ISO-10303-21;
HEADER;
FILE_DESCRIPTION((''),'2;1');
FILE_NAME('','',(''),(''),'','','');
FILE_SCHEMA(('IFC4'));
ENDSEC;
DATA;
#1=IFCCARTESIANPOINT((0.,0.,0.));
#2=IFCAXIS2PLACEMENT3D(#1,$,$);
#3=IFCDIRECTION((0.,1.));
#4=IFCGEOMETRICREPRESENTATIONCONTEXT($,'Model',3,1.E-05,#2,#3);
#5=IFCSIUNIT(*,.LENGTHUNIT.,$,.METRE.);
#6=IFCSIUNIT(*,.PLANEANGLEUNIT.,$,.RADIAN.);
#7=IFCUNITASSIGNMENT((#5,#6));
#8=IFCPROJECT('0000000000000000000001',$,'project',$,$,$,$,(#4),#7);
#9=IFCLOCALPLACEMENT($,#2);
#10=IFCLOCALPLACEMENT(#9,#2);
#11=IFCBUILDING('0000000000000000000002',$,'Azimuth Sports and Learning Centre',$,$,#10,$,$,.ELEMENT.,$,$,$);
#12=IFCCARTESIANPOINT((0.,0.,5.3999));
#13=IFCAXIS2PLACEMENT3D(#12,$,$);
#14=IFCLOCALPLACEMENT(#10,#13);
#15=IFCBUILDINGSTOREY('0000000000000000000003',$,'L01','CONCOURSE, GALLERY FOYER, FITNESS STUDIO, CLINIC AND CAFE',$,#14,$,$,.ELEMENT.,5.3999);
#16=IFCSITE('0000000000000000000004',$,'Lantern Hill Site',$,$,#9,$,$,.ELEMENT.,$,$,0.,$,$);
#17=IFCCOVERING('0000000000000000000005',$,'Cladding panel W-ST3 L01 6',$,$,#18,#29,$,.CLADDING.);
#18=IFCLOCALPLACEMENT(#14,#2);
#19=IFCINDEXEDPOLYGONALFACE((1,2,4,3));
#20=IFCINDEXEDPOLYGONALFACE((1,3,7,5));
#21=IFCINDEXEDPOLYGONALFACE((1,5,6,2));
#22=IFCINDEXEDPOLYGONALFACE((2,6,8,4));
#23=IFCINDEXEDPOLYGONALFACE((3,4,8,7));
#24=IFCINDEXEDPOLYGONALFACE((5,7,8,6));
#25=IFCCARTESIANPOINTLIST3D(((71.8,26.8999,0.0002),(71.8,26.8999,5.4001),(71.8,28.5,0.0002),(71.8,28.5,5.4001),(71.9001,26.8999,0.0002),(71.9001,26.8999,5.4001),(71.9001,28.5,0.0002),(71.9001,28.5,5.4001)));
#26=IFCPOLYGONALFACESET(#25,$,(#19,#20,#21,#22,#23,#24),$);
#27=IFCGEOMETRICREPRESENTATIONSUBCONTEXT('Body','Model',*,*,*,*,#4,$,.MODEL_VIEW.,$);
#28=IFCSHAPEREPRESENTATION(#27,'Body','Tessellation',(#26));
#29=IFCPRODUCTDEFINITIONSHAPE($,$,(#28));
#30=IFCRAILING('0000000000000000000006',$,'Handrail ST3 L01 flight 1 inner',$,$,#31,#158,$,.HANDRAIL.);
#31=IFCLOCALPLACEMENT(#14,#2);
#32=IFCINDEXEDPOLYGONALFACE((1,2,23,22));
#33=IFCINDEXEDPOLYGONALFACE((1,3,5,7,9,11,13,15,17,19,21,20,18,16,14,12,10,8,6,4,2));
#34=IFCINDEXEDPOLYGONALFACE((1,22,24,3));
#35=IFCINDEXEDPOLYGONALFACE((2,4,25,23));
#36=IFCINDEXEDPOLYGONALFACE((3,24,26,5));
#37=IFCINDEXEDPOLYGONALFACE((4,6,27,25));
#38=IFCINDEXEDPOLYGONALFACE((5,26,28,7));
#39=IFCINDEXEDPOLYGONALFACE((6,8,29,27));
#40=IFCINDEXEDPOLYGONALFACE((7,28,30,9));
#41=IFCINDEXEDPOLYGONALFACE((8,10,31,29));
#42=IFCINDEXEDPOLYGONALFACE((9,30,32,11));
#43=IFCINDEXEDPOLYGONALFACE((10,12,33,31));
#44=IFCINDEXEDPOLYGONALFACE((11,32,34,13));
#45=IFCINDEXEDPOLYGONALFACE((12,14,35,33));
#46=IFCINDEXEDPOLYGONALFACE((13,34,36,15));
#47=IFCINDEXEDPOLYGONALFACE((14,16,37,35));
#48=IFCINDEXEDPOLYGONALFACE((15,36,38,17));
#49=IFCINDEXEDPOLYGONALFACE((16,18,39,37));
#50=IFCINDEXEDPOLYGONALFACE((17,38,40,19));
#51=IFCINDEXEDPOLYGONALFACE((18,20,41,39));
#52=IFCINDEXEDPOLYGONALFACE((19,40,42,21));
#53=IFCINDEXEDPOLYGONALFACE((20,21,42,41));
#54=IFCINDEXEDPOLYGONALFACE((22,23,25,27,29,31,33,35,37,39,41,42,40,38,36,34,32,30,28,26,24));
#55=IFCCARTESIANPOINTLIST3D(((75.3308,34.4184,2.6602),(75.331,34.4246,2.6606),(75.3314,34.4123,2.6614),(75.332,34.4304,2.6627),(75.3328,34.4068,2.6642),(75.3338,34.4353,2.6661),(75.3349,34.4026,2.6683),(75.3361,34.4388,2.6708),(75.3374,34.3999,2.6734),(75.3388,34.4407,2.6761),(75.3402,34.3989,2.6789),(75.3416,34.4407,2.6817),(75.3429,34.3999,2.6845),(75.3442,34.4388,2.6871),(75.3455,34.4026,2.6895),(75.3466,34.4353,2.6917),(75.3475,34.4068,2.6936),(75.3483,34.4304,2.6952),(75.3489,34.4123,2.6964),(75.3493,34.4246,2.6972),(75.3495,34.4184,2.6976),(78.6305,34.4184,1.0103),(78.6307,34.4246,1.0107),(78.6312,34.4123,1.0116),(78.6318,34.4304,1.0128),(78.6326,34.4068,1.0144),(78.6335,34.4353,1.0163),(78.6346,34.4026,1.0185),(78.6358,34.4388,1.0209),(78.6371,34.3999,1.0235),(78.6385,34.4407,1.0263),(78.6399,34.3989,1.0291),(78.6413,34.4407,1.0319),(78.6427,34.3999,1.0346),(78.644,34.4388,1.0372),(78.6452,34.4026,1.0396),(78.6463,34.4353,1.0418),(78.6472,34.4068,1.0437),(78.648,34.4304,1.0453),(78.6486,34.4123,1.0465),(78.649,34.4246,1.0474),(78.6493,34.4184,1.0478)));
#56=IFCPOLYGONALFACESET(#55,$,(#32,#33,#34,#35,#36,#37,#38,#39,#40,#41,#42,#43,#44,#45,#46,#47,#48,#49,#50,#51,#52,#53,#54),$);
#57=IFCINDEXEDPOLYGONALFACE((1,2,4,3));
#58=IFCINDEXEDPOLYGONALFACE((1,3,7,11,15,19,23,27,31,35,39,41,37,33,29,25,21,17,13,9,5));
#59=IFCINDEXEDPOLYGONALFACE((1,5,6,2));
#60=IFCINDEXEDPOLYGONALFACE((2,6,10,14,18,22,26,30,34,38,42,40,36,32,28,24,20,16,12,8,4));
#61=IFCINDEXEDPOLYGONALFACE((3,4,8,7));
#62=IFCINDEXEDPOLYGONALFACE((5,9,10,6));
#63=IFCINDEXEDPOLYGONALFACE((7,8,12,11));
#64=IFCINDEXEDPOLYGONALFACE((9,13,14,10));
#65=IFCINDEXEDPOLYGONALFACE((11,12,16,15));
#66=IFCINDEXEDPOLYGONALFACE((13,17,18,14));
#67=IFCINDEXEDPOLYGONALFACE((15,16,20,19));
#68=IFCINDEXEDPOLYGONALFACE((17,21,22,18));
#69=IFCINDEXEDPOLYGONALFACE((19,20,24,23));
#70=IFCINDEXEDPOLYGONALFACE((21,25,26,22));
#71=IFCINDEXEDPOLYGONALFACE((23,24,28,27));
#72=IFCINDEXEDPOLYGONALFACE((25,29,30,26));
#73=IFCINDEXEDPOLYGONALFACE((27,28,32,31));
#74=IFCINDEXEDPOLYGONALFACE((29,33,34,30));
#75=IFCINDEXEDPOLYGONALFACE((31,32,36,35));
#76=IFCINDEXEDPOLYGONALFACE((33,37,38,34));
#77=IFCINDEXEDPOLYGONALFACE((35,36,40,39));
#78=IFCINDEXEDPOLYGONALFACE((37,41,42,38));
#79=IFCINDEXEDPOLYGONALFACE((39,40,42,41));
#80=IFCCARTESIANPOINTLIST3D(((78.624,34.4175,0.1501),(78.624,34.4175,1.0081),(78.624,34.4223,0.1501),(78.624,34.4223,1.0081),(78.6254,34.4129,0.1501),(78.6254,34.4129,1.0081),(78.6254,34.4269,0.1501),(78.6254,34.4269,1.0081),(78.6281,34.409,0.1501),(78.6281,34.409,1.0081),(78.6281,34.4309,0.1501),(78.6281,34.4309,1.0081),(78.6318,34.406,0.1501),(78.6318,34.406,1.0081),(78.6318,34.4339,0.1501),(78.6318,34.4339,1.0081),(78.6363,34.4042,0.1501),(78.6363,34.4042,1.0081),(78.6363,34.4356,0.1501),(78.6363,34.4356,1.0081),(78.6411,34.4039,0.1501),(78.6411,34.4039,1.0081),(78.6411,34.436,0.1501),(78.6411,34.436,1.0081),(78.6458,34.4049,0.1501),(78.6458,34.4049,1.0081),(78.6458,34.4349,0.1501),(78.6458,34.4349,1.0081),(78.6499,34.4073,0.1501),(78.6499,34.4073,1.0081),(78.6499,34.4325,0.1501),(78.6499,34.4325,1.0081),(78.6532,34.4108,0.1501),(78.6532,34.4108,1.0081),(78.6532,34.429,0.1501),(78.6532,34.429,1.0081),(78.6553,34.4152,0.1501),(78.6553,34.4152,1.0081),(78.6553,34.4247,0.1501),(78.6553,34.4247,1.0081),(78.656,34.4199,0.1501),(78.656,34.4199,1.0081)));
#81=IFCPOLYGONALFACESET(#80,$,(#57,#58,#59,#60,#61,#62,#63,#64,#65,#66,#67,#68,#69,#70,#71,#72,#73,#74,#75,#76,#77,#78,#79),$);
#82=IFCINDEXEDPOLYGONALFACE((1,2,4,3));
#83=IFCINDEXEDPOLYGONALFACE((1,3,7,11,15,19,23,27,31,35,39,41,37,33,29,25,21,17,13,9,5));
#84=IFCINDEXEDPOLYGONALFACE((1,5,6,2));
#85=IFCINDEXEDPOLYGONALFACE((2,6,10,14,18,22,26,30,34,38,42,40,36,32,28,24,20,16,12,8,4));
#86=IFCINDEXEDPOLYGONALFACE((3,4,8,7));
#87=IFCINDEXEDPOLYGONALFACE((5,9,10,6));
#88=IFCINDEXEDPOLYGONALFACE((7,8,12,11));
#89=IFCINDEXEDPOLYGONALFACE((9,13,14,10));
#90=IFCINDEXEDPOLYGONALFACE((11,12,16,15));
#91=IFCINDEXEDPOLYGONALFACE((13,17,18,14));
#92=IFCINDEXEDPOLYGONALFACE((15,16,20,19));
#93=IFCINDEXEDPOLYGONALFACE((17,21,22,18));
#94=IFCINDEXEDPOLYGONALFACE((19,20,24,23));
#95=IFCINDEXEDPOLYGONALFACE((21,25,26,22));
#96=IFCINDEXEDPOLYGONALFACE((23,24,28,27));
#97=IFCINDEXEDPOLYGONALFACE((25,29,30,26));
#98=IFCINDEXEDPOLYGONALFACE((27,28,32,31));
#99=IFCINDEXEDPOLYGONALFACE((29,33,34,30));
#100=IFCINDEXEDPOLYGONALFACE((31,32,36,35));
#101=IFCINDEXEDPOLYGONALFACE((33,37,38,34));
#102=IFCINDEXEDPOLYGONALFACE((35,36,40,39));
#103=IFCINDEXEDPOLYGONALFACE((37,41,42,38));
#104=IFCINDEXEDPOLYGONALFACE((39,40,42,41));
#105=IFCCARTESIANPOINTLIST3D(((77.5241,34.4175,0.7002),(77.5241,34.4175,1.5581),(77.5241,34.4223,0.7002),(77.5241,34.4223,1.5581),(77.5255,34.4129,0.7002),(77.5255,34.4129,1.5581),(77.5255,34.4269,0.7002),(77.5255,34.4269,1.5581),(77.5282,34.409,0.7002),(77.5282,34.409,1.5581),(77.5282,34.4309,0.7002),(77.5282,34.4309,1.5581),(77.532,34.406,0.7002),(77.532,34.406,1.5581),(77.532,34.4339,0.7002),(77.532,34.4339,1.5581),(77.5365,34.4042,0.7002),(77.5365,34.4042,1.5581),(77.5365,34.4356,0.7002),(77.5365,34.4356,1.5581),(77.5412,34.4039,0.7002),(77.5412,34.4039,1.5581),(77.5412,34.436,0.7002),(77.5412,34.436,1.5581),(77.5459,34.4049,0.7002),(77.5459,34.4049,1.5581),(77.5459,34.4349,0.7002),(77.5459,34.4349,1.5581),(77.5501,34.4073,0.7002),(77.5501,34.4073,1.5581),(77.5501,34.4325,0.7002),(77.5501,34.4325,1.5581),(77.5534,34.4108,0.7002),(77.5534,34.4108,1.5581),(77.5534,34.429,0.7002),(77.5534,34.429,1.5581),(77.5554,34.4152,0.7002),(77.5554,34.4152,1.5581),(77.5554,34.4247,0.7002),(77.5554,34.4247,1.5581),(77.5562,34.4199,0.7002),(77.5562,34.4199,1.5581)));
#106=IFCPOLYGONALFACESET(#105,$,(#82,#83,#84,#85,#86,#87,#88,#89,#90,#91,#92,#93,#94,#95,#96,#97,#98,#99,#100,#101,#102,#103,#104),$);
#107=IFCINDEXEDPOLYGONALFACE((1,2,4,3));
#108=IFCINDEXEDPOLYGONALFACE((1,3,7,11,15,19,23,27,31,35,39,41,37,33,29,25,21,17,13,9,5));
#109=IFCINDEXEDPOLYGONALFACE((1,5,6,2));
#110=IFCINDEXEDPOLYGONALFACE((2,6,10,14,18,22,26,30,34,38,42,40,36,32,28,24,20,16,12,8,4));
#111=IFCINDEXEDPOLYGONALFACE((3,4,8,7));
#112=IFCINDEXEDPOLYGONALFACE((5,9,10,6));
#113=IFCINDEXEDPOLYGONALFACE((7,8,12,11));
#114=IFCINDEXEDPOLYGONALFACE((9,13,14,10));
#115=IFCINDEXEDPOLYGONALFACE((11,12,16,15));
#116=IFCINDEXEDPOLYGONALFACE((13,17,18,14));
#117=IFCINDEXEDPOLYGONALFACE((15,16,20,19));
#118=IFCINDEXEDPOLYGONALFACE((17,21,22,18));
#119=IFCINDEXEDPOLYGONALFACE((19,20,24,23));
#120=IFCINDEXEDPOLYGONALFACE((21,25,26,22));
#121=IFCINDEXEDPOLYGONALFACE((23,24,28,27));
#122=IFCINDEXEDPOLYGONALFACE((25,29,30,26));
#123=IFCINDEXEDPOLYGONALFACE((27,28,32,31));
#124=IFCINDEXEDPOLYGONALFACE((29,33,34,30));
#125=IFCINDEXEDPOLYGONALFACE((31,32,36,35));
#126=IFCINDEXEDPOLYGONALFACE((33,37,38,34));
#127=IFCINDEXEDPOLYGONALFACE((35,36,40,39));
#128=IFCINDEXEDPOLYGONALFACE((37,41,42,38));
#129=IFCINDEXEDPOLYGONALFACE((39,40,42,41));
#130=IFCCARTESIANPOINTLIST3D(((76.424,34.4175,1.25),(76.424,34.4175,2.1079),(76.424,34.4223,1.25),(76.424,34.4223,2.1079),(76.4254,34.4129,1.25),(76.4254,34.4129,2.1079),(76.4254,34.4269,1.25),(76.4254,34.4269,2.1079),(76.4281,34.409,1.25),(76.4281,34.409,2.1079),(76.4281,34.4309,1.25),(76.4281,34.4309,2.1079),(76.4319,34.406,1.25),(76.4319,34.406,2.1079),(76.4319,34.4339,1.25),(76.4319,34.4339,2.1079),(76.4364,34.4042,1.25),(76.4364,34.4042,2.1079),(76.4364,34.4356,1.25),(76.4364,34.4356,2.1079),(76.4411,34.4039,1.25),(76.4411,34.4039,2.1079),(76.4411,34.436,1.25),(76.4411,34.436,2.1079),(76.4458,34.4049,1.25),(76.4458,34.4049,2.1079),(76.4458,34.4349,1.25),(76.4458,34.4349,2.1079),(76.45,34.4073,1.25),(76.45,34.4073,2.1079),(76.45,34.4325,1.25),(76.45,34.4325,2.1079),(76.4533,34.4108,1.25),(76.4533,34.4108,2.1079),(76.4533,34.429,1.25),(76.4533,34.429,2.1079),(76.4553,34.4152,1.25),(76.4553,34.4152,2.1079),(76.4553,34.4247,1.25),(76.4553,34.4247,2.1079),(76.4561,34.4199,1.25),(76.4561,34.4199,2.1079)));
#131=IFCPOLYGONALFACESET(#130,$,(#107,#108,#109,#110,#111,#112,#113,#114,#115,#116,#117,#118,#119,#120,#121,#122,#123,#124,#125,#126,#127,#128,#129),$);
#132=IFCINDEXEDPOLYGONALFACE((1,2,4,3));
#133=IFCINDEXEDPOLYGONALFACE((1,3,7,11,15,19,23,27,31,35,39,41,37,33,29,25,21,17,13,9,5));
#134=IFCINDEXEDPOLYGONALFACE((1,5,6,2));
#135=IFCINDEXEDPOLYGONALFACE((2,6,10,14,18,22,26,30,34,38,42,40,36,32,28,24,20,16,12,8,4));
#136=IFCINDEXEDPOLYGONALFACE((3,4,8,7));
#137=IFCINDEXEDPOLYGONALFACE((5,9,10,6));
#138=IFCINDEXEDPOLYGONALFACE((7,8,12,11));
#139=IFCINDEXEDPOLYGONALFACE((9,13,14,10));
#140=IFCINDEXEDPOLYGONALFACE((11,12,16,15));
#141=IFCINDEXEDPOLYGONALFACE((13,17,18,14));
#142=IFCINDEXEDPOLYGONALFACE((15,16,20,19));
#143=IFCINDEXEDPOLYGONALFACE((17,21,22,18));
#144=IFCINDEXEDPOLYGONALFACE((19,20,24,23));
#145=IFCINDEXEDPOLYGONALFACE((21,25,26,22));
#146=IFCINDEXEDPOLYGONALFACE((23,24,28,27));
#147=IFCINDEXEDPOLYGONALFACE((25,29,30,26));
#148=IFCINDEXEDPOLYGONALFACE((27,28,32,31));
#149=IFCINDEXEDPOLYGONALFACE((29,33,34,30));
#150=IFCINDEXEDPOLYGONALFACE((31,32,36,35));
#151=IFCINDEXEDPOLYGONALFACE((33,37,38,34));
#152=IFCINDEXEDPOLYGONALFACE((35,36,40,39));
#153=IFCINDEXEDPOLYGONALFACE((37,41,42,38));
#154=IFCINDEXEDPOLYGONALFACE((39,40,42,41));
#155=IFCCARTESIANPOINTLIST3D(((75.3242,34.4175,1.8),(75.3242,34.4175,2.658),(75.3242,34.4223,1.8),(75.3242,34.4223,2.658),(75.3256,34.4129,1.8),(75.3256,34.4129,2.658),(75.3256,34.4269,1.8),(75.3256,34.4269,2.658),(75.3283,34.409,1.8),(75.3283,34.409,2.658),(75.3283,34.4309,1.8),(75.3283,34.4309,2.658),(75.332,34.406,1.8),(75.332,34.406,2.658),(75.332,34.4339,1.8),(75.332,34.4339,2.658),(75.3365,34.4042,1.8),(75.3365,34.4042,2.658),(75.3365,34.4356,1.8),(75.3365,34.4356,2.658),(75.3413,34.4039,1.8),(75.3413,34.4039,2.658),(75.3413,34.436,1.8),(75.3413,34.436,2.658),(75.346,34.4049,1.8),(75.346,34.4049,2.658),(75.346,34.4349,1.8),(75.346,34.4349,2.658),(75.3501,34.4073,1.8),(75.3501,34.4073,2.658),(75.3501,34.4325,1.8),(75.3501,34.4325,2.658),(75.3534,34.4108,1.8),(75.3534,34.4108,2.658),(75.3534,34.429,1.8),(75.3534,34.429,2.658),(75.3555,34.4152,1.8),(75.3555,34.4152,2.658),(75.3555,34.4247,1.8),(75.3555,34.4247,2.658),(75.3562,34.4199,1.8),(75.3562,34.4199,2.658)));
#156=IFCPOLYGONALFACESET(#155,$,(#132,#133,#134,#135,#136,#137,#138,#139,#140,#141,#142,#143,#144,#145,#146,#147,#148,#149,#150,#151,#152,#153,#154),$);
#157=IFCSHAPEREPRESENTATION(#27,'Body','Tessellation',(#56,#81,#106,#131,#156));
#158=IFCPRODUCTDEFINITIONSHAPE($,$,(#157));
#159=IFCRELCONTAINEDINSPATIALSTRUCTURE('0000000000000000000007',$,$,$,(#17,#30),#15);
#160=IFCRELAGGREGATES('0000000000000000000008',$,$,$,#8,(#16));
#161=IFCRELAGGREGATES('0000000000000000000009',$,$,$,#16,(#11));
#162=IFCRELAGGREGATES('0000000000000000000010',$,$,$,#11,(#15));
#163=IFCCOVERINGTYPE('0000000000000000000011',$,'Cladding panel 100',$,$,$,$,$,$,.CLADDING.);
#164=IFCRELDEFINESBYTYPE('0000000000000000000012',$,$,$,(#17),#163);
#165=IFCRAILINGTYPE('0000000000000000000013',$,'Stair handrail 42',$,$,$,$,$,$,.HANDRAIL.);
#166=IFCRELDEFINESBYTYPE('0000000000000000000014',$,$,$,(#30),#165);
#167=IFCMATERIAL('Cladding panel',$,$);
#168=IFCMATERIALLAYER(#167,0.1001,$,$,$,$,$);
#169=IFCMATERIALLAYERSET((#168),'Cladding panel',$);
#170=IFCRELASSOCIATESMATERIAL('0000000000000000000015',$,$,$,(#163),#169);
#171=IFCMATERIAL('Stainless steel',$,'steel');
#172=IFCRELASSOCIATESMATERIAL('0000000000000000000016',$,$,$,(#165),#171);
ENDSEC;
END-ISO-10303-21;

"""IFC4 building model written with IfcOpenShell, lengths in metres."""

from ifc_helpers import new_model, si_unit, direction, frame, origin, origin_2d, place, context, subcontext, project, spatial, rectangle, circle, extrude, material, layer, layer_set, type_object, element, save


model = new_model("IFC4")

# Units and contexts
model_context = context("Model", 3, precision=1e-05, world=origin(), true_north=direction((0.0, 1.0)))
body_context = subcontext(model_context, "Body", "Model", "MODEL_VIEW")
ifc_project = project(units=[si_unit("LENGTHUNIT", "METRE"), si_unit("PLANEANGLEUNIT", "RADIAN")], contexts=[model_context])

# Site, building, storey
site_placement = place(None, origin())
site = spatial("IfcSite", under=ifc_project, at=site_placement, Name="Lantern Hill Site", CompositionType="ELEMENT", RefElevation=0.0)
building_placement = place(site_placement, origin())
building = spatial("IfcBuilding", under=site, at=building_placement, Name="Azimuth Sports and Learning Centre", CompositionType="ELEMENT")
storey_placement = place(building_placement, frame((0.0, 0.0, 5.3999)))
storey = spatial("IfcBuildingStorey", under=building, at=storey_placement, Name="L01", Description="CONCOURSE, GALLERY FOYER, FITNESS STUDIO, CLINIC AND CAFE", CompositionType="ELEMENT", Elevation=5.3999)

# Covering
ifc_material_1 = material(Name="Cladding panel")
ifc_layer_1 = layer(ifc_material_1, 0.1001)
ifc_layer_set_1 = layer_set([ifc_layer_1], Name="Cladding panel")
covering_type = type_object("IfcCoveringType", Name="Cladding panel 100", PredefinedType="CLADDING", material=ifc_layer_set_1)
covering_1_placement = place(storey_placement, frame((71.8501, 27.7, 0.0002), z_axis=(0.0, 0.0, 1.0), x_axis=(0.0, -1.0, 0.0)))
element("IfcCovering", 1, at=covering_1_placement, inside=storey, type_object=covering_type, Name="Cladding panel W-ST3 L01 6", PredefinedType="CLADDING", context=body_context, shape_type="SweptSolid", body=[
    extrude(rectangle(XDim=1.6001, YDim=0.1001, at=origin_2d()), origin(), (0.0, 0.0, 1.0), 5.3999),
])

# Railing
ifc_material_2 = material(Name="Stainless steel", Category="steel")
railing_type_1 = type_object("IfcRailingType", Name="Stair handrail 42", PredefinedType="HANDRAIL", material=ifc_material_2)
railing_1_placement = place(storey_placement, frame((78.6399, 34.4199, 0.1501)))
element("IfcRailing", 2, at=railing_1_placement, inside=storey, type_object=railing_type_1, Name="Handrail ST3 L01 flight 1 inner", PredefinedType="HANDRAIL", context=body_context, shape_type="SweptSolid", body=[
    extrude(circle(Radius=0.021, at=origin_2d()), frame((0.0, 0.0, 0.8789), z_axis=(-0.894427, 0.0, 0.447214), x_axis=(0.0, -1.0, 0.0)), (0.0, 0.0, 1.0), 3.6892),
    extrude(circle(Radius=0.0161, at=origin_2d()), origin(), (0.0, 0.0, 1.0), 0.8579),
    extrude(circle(Radius=0.0161, at=origin_2d()), frame((-1.0999, 0.0, 0.55)), (0.0, 0.0, 1.0), 0.8579),
    extrude(circle(Radius=0.0161, at=origin_2d()), frame((-2.2, 0.0, 1.0999)), (0.0, 0.0, 1.0), 0.8579),
    extrude(circle(Radius=0.0161, at=origin_2d()), frame((-3.2998, 0.0, 1.6499)), (0.0, 0.0, 1.0), 0.8579),
])

save(model, "model.ifc")
